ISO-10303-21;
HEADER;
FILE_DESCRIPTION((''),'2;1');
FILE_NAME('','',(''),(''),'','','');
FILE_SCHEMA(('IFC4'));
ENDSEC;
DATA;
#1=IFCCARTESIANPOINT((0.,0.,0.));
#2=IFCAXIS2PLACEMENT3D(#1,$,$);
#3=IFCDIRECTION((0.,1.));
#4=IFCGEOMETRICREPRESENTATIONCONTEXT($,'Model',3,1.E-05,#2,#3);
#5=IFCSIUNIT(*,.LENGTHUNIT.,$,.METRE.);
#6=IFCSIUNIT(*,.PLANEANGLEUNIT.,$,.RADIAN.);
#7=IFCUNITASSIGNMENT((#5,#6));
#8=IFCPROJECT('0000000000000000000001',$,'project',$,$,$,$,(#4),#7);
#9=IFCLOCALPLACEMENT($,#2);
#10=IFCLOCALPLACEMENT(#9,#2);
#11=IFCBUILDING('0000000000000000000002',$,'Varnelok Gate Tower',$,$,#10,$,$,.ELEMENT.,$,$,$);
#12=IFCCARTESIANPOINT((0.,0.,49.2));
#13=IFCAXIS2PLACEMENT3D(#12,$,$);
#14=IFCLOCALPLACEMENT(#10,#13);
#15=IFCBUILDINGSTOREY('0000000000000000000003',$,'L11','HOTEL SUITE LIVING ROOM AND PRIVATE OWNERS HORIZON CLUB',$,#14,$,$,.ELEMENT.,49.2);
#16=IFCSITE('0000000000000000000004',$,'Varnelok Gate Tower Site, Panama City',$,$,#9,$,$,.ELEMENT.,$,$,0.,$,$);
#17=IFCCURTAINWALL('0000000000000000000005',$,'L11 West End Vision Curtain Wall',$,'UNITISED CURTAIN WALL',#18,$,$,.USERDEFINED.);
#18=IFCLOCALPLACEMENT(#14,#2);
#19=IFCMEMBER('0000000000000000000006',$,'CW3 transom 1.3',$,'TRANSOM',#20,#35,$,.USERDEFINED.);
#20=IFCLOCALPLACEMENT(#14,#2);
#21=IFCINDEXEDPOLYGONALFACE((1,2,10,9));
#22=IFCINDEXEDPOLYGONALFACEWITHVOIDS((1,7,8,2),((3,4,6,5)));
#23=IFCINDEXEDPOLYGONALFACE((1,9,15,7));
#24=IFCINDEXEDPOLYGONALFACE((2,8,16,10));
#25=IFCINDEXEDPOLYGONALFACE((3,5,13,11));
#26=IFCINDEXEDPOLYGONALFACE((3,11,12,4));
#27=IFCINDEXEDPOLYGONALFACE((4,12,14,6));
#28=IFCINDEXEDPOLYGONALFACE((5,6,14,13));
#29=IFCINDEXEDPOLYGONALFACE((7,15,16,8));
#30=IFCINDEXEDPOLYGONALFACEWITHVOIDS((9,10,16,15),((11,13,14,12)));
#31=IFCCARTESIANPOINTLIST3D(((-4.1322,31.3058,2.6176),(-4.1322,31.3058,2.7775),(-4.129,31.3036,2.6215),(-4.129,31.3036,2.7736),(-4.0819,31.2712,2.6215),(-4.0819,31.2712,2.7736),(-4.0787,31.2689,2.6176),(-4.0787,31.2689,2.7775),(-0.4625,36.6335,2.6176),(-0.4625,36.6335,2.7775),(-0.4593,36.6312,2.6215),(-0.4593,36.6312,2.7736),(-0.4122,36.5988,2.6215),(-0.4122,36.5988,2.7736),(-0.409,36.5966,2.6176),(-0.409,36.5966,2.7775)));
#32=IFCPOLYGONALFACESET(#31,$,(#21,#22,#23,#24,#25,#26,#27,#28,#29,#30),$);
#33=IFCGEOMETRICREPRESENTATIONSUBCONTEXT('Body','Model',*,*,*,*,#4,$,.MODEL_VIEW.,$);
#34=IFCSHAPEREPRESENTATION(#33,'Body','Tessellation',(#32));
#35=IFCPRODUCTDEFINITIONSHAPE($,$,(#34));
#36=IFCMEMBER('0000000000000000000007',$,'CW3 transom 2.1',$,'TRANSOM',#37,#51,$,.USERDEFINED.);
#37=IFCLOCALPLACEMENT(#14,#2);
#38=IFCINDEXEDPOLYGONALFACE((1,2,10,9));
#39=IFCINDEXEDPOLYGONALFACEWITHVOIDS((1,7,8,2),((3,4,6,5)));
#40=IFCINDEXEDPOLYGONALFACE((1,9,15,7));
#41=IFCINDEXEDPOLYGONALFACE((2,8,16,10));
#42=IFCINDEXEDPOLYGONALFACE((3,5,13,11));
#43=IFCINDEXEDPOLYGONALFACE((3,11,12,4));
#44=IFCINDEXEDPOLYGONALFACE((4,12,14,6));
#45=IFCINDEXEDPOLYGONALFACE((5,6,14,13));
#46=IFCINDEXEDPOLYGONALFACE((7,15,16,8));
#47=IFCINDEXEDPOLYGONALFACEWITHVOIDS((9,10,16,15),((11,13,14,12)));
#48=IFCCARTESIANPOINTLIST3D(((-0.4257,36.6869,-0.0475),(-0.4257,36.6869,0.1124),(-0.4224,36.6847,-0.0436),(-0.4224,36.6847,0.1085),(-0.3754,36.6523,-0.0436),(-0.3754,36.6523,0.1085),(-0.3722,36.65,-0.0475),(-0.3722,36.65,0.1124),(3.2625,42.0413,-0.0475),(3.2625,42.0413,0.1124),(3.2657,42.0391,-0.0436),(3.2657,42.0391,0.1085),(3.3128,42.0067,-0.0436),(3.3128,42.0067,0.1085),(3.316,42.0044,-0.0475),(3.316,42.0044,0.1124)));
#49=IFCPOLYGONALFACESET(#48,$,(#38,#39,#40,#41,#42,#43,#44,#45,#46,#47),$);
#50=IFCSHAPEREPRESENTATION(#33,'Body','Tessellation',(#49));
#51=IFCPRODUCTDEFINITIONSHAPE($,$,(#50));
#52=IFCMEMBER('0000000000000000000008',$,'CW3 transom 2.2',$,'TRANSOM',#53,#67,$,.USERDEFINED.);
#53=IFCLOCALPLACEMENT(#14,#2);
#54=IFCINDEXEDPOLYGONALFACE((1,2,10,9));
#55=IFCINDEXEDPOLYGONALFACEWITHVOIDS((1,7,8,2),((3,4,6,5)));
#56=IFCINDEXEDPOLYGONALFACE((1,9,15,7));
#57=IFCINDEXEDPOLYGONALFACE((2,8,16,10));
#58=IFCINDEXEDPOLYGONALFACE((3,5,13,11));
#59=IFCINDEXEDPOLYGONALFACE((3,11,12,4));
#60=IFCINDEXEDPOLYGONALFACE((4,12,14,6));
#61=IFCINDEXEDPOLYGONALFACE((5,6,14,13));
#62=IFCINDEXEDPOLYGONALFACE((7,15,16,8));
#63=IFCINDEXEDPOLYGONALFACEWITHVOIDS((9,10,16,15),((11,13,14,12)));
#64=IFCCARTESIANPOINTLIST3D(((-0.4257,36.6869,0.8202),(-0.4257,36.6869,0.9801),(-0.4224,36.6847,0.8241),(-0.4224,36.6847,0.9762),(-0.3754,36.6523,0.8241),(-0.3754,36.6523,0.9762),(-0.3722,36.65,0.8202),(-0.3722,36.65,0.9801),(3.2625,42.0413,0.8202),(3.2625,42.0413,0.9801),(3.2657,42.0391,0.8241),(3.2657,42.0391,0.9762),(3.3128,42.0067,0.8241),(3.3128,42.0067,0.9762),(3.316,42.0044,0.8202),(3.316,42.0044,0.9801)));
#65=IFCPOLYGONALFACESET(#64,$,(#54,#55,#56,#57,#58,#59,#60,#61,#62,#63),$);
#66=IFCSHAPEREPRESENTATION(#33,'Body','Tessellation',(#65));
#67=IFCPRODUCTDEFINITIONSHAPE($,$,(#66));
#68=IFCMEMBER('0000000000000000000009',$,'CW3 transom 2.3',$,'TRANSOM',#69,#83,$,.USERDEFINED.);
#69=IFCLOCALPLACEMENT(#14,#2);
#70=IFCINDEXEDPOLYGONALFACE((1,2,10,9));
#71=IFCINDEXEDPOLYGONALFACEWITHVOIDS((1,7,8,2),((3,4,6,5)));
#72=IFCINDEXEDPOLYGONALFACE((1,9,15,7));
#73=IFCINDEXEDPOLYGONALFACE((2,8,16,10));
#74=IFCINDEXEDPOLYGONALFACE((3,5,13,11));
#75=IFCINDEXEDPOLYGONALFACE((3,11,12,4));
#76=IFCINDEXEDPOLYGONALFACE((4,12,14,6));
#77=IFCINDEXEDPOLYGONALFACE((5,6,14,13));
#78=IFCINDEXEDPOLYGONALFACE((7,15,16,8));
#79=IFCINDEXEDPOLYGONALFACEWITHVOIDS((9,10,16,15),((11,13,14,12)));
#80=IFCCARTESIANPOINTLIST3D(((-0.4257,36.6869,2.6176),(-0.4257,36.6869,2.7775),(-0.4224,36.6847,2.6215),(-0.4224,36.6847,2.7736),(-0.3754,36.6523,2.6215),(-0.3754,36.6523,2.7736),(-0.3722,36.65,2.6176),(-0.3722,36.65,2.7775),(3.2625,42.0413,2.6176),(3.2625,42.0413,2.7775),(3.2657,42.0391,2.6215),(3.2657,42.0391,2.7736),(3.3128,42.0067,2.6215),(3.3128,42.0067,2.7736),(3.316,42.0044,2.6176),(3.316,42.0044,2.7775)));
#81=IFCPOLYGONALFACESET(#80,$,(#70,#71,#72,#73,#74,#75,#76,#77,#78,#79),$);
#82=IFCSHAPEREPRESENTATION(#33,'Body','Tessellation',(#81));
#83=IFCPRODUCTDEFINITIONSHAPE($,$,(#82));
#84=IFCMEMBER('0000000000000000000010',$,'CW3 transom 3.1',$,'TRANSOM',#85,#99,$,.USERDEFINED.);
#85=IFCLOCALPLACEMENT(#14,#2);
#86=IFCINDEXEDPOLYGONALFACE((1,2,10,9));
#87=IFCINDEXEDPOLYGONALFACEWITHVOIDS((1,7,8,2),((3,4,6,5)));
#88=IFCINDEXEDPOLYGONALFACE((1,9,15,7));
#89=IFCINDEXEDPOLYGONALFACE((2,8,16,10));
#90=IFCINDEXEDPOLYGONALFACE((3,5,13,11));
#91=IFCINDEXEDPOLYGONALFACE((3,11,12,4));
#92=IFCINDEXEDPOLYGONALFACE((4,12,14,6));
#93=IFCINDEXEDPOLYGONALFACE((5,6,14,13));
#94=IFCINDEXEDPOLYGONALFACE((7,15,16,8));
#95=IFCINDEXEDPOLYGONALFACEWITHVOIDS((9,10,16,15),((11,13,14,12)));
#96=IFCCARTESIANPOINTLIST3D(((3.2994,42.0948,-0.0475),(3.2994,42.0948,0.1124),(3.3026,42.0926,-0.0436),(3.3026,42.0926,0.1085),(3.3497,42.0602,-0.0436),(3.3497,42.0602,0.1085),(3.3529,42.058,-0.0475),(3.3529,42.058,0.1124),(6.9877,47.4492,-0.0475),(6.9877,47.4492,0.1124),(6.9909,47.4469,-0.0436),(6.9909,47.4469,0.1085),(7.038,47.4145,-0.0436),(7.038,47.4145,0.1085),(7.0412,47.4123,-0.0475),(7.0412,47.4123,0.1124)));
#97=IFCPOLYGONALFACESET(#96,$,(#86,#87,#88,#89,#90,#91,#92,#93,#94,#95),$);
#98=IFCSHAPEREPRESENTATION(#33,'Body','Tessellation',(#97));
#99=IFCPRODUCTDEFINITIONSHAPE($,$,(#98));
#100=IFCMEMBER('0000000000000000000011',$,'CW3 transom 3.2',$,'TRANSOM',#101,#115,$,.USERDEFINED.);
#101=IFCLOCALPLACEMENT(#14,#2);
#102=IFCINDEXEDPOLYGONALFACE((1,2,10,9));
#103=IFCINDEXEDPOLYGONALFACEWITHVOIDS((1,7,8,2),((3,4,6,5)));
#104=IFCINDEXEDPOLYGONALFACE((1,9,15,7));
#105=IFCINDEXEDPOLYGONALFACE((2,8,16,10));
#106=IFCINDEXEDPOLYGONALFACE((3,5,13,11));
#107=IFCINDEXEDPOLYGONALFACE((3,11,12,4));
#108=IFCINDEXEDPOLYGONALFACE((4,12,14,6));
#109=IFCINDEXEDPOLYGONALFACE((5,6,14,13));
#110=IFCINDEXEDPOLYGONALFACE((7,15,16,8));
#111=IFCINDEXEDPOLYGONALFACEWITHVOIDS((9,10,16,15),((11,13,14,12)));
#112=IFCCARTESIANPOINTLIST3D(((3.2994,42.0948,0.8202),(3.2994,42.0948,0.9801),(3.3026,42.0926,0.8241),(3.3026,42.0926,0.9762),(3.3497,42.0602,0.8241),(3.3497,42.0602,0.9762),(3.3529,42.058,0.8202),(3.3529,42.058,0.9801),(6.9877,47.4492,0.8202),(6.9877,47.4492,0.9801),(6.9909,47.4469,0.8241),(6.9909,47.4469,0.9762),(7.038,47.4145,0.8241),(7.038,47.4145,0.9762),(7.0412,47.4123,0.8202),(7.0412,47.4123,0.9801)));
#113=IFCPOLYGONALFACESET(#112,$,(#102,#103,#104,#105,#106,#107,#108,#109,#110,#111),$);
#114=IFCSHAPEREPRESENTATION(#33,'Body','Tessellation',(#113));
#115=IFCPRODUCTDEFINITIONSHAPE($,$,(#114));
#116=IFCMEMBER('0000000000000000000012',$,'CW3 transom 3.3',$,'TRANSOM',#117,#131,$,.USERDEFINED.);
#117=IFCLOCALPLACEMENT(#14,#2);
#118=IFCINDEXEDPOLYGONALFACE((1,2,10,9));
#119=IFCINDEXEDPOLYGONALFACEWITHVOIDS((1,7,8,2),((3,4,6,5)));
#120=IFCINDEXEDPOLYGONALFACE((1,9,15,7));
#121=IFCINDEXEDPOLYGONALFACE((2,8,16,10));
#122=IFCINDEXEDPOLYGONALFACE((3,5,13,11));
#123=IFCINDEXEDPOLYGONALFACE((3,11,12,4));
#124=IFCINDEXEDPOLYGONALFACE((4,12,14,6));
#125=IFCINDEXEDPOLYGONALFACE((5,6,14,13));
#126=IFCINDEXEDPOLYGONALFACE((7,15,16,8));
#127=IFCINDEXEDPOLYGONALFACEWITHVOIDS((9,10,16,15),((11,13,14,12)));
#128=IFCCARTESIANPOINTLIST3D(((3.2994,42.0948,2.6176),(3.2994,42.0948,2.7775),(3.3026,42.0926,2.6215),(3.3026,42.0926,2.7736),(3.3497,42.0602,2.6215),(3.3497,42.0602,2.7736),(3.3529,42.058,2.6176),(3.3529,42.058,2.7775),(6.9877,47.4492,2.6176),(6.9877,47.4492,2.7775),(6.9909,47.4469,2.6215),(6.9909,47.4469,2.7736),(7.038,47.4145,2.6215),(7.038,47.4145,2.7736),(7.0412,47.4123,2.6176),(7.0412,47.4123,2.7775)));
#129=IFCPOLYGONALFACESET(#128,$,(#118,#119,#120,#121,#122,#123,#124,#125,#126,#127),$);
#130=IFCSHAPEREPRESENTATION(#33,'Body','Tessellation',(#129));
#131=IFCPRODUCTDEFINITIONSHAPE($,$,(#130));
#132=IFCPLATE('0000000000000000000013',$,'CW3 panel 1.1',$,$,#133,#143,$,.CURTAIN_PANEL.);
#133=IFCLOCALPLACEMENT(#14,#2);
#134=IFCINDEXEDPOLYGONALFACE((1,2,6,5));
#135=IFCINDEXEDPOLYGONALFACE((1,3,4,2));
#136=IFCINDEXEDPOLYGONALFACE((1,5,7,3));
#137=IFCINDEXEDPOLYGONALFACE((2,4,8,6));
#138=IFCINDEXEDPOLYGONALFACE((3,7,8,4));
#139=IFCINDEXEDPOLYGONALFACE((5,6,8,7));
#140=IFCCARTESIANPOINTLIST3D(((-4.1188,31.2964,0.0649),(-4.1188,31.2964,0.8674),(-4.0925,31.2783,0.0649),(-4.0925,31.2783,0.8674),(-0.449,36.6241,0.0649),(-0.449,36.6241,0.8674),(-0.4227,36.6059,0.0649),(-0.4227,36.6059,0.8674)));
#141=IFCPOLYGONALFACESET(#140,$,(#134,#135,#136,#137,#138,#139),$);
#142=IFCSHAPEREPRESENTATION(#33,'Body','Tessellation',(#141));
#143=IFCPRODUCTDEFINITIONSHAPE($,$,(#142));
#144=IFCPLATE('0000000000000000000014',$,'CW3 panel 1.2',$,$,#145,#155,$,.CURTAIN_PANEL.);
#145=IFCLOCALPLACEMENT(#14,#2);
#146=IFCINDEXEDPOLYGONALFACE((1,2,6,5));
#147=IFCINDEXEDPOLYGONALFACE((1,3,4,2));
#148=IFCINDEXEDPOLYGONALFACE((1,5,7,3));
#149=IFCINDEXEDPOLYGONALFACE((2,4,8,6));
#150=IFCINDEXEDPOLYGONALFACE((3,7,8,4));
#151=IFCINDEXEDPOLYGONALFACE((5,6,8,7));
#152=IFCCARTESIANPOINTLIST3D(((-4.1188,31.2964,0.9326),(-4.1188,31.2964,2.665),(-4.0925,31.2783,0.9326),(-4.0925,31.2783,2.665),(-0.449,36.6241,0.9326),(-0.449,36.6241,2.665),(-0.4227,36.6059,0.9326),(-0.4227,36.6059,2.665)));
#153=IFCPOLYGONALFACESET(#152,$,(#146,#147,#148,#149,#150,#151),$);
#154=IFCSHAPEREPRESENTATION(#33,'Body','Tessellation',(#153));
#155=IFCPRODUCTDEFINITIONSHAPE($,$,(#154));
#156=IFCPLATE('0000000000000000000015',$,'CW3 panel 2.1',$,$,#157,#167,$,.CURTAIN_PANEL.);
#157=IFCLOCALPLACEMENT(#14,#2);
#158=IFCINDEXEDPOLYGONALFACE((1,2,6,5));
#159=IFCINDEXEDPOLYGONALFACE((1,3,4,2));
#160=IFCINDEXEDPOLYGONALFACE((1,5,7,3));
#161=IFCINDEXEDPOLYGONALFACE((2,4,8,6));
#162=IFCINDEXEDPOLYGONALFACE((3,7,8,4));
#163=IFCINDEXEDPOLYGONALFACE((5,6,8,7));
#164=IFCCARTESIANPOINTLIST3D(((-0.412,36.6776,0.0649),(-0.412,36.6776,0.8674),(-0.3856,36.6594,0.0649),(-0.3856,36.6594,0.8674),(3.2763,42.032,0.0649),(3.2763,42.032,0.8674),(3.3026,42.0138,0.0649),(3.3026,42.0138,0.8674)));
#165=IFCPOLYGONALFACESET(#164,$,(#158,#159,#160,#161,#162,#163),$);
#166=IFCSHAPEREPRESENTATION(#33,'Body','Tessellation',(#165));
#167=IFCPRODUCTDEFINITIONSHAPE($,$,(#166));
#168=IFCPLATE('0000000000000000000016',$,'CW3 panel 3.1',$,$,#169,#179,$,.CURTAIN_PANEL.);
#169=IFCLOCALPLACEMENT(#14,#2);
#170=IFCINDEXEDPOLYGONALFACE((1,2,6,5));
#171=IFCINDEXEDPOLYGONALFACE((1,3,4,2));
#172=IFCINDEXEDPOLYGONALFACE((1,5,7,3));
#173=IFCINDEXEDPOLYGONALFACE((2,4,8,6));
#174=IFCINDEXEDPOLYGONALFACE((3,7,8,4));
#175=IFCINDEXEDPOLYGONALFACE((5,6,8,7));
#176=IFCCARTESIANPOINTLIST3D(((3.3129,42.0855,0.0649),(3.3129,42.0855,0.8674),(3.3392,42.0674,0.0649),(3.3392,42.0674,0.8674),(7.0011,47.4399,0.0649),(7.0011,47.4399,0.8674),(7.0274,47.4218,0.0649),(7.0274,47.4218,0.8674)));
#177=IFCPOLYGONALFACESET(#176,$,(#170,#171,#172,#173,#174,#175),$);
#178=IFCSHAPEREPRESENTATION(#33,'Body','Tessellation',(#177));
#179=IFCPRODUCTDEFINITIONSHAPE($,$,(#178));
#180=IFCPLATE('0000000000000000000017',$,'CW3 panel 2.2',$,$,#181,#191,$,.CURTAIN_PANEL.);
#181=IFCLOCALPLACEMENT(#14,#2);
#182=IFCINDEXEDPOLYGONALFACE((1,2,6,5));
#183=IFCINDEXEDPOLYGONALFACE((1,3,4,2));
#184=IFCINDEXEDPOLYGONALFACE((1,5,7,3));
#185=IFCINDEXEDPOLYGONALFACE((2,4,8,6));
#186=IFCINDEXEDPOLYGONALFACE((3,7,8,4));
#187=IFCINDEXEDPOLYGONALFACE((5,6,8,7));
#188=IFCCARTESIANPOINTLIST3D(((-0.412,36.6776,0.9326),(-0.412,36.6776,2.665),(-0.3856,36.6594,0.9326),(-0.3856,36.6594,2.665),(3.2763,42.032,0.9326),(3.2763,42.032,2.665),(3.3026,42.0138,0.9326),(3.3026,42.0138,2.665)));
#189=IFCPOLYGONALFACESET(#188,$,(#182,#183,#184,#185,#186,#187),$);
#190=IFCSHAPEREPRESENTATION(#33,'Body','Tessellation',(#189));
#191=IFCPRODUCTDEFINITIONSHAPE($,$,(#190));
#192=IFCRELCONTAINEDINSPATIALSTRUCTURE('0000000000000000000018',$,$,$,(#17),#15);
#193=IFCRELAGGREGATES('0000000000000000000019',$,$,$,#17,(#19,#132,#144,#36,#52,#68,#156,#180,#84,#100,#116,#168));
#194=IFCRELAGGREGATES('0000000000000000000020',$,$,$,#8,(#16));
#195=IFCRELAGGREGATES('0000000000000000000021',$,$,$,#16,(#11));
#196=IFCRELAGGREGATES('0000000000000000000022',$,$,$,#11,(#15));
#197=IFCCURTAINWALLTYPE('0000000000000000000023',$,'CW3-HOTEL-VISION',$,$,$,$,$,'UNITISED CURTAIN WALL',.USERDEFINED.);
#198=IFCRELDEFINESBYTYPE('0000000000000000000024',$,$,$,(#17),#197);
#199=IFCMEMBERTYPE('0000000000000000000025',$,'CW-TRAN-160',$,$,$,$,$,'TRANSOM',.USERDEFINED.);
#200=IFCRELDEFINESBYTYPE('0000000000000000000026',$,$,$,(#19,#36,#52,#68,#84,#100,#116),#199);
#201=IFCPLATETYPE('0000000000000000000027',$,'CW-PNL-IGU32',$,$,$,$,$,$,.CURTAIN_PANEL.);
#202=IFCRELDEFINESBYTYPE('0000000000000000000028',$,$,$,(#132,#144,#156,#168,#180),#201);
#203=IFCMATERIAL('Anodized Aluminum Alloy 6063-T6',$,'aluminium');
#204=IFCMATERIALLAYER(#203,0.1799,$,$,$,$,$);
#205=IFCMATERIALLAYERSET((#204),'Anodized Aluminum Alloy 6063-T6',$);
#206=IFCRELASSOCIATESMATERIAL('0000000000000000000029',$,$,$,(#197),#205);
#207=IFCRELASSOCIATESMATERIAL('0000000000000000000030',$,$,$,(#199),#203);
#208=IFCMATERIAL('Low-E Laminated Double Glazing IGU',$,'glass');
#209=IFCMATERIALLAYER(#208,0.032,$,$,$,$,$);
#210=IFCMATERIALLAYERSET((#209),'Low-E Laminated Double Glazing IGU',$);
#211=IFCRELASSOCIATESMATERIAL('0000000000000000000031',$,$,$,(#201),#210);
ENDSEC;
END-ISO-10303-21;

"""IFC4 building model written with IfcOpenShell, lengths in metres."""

from ifc_helpers import new_model, si_unit, direction, frame, origin, origin_2d, place, context, subcontext, project, spatial, rectangle, hollow_rectangle, extrude, source, transform, mapped, material, layer, layer_set, material_profile, profile_set, type_object, element, aggregate, save


model = new_model("IFC4")

# Units and contexts
model_context = context("Model", 3, precision=1e-05, world=origin(), true_north=direction((0.0, 1.0)))
body_context = subcontext(model_context, "Body", "Model", "MODEL_VIEW")
ifc_project = project(units=[si_unit("LENGTHUNIT", "METRE"), si_unit("PLANEANGLEUNIT", "RADIAN")], contexts=[model_context])

# Site, building, storey
site_placement = place(None, origin())
site = spatial("IfcSite", under=ifc_project, at=site_placement, Name="Varnelok Gate Tower Site, Panama City", CompositionType="ELEMENT", RefElevation=0.0)
building_placement = place(site_placement, origin())
building = spatial("IfcBuilding", under=site, at=building_placement, Name="Varnelok Gate Tower", CompositionType="ELEMENT")
storey_placement = place(building_placement, frame((0.0, 0.0, 49.2)))
storey = spatial("IfcBuildingStorey", under=building, at=storey_placement, Name="L11", Description="HOTEL SUITE LIVING ROOM AND PRIVATE OWNERS HORIZON CLUB", CompositionType="ELEMENT", Elevation=49.2)

# Curtain wall, members, plates
ifc_material_1 = material(Name="Anodized Aluminum Alloy 6063-T6", Category="aluminium")
ifc_layer_1 = layer(ifc_material_1, 0.1799)
ifc_layer_set_1 = layer_set([ifc_layer_1], Name="Anodized Aluminum Alloy 6063-T6")
curtain_wall_type = type_object("IfcCurtainWallType", Name="CW3-HOTEL-VISION", ElementType="UNITISED CURTAIN WALL", PredefinedType="USERDEFINED", material=ifc_layer_set_1)
curtain_wall_placement = place(storey_placement, origin())
curtain_wall = element("IfcCurtainWall", 1, at=curtain_wall_placement, inside=storey, type_object=curtain_wall_type, Name="L11 West End Vision Curtain Wall", ObjectType="UNITISED CURTAIN WALL", PredefinedType="USERDEFINED")
ifc_material_profile_1 = material_profile(ifc_material_1, hollow_rectangle(XDim=0.0649, YDim=0.1599, WallThickness=0.0039, at=origin_2d()), Name="ALU160X65X4")
ifc_profile_set_1 = profile_set([ifc_material_profile_1], Name="Anodized Aluminum Alloy 6063-T6")
member_type_1 = type_object("IfcMemberType", Name="CW-TRAN-160", ElementType="TRANSOM", PredefinedType="USERDEFINED", material=ifc_profile_set_1)
member_1_placement = place(storey_placement, frame((-4.1055, 31.2874, 2.6975), z_axis=(0.567256, 0.823542, 0.0), x_axis=(-0.823542, 0.567256, 0.0)))
member_1 = element("IfcMember", 2, at=member_1_placement, type_object=member_type_1, Name="CW3 transom 1.3", ObjectType="TRANSOM", PredefinedType="USERDEFINED", context=body_context, shape_type="SweptSolid", body=[
    extrude(hollow_rectangle(XDim=0.0649, YDim=0.1599, WallThickness=0.0039, at=origin_2d()), origin(), (0.0, 0.0, 1.0), 6.4692),
])
member_2_placement = place(storey_placement, frame((-0.3989, 36.6685, 0.0325), z_axis=(0.567262, 0.823538, 0.0), x_axis=(-0.823538, 0.567262, 0.0)))
member_2 = element("IfcMember", 3, at=member_2_placement, type_object=member_type_1, Name="CW3 transom 2.1", ObjectType="TRANSOM", PredefinedType="USERDEFINED", context=body_context, shape_type="SweptSolid", body=[
    extrude(hollow_rectangle(XDim=0.0649, YDim=0.1599, WallThickness=0.0039, at=origin_2d()), origin(), (0.0, 0.0, 1.0), 6.5017),
])
member_3_placement = place(storey_placement, frame((-0.3989, 36.6685, 0.9001), z_axis=(0.567262, 0.823538, 0.0), x_axis=(-0.823538, 0.567262, 0.0)))
member_3 = element("IfcMember", 4, at=member_3_placement, type_object=member_type_1, Name="CW3 transom 2.2", ObjectType="TRANSOM", PredefinedType="USERDEFINED", context=body_context, shape_type="SweptSolid", body=[
    extrude(hollow_rectangle(XDim=0.0649, YDim=0.1599, WallThickness=0.0039, at=origin_2d()), origin(), (0.0, 0.0, 1.0), 6.5017),
])
member_4_placement = place(storey_placement, frame((-0.3989, 36.6685, 2.6975), z_axis=(0.567262, 0.823538, 0.0), x_axis=(-0.823538, 0.567262, 0.0)))
member_4 = element("IfcMember", 5, at=member_4_placement, type_object=member_type_1, Name="CW3 transom 2.3", ObjectType="TRANSOM", PredefinedType="USERDEFINED", context=body_context, shape_type="SweptSolid", body=[
    extrude(hollow_rectangle(XDim=0.0649, YDim=0.1599, WallThickness=0.0039, at=origin_2d()), origin(), (0.0, 0.0, 1.0), 6.5017),
])
member_5_placement = place(storey_placement, frame((3.3262, 42.0764, 0.0325), z_axis=(0.567279, 0.823526, 0.0), x_axis=(-0.823526, 0.567279, 0.0)))
member_5 = element("IfcMember", 6, at=member_5_placement, type_object=member_type_1, Name="CW3 transom 3.1", ObjectType="TRANSOM", PredefinedType="USERDEFINED", context=body_context, shape_type="SweptSolid", body=[
    extrude(hollow_rectangle(XDim=0.0649, YDim=0.1599, WallThickness=0.0039, at=origin_2d()), origin(), (0.0, 0.0, 1.0), 6.5017),
])
member_6_placement = place(storey_placement, frame((3.3262, 42.0764, 0.9001), z_axis=(0.567279, 0.823526, 0.0), x_axis=(-0.823526, 0.567279, 0.0)))
member_6 = element("IfcMember", 7, at=member_6_placement, type_object=member_type_1, Name="CW3 transom 3.2", ObjectType="TRANSOM", PredefinedType="USERDEFINED", context=body_context, shape_type="SweptSolid", body=[
    extrude(hollow_rectangle(XDim=0.0649, YDim=0.1599, WallThickness=0.0039, at=origin_2d()), origin(), (0.0, 0.0, 1.0), 6.5017),
])
member_7_placement = place(storey_placement, frame((3.3262, 42.0764, 2.6975), z_axis=(0.567279, 0.823526, 0.0), x_axis=(-0.823526, 0.567279, 0.0)))
member_7 = element("IfcMember", 8, at=member_7_placement, type_object=member_type_1, Name="CW3 transom 3.3", ObjectType="TRANSOM", PredefinedType="USERDEFINED", context=body_context, shape_type="SweptSolid", body=[
    extrude(hollow_rectangle(XDim=0.0649, YDim=0.1599, WallThickness=0.0039, at=origin_2d()), origin(), (0.0, 0.0, 1.0), 6.5017),
])
ifc_material_2 = material(Name="Low-E Laminated Double Glazing IGU", Category="glass")
ifc_layer_2 = layer(ifc_material_2, 0.032)
ifc_layer_set_2 = layer_set([ifc_layer_2], Name="Low-E Laminated Double Glazing IGU")
plate_type = type_object("IfcPlateType", Name="CW-PNL-IGU32", PredefinedType="CURTAIN_PANEL", material=ifc_layer_set_2)
shared_shape_1 = source(origin(), body_context, "Body", "SweptSolid", [
    extrude(rectangle(XDim=6.4692, YDim=0.032, at=origin_2d()), origin(), (0.0, 0.0, 1.0), 0.8025),
])
plate_1_placement = place(storey_placement, frame((-2.2708, 33.9512, 0.0649), z_axis=(0.0, 0.0, 1.0), x_axis=(0.567269, 0.823533, 0.0)))
plate_1 = element("IfcPlate", 9, at=plate_1_placement, type_object=plate_type, Name="CW3 panel 1.1", PredefinedType="CURTAIN_PANEL", context=body_context, shape_type="MappedRepresentation", body=[
    mapped(shared_shape_1, transform((0.0, 0.0, 0.0), scale=1.0)),
])
shared_shape_2 = source(origin(), body_context, "Body", "SweptSolid", [
    extrude(rectangle(XDim=6.4692, YDim=0.032, at=origin_2d()), origin(), (0.0, 0.0, 1.0), 1.7324),
])
plate_2_placement = place(storey_placement, frame((-2.2708, 33.9512, 0.9326), z_axis=(0.0, 0.0, 1.0), x_axis=(0.567269, 0.823533, 0.0)))
plate_2 = element("IfcPlate", 10, at=plate_2_placement, type_object=plate_type, Name="CW3 panel 1.2", PredefinedType="CURTAIN_PANEL", context=body_context, shape_type="MappedRepresentation", body=[
    mapped(shared_shape_2, transform((0.0, 0.0, 0.0), scale=1.0)),
])
shared_shape_3 = source(origin(), body_context, "Body", "SweptSolid", [
    extrude(rectangle(XDim=6.5017, YDim=0.032, at=origin_2d()), origin(), (0.0, 0.0, 1.0), 0.8025),
])
plate_3_placement = place(storey_placement, frame((1.4453, 39.3457, 0.0649), z_axis=(0.0, 0.0, 1.0), x_axis=(0.567269, 0.823533, 0.0)))
plate_3 = element("IfcPlate", 11, at=plate_3_placement, type_object=plate_type, Name="CW3 panel 2.1", PredefinedType="CURTAIN_PANEL", context=body_context, shape_type="MappedRepresentation", body=[
    mapped(shared_shape_3, transform((0.0, 0.0, 0.0), scale=1.0)),
])
plate_4_placement = place(storey_placement, frame((5.1702, 44.7537, 0.0649), z_axis=(0.0, 0.0, 1.0), x_axis=(0.567269, 0.823533, 0.0)))
plate_4 = element("IfcPlate", 12, at=plate_4_placement, type_object=plate_type, Name="CW3 panel 3.1", PredefinedType="CURTAIN_PANEL", context=body_context, shape_type="MappedRepresentation", body=[
    mapped(shared_shape_3, transform((0.0, 0.0, 0.0), scale=1.0)),
])
shared_shape_4 = source(origin(), body_context, "Body", "SweptSolid", [
    extrude(rectangle(XDim=6.5017, YDim=0.032, at=origin_2d()), origin(), (0.0, 0.0, 1.0), 1.7324),
])
plate_5_placement = place(storey_placement, frame((1.4453, 39.3457, 0.9326), z_axis=(0.0, 0.0, 1.0), x_axis=(0.567269, 0.823533, 0.0)))
plate_5 = element("IfcPlate", 13, at=plate_5_placement, type_object=plate_type, Name="CW3 panel 2.2", PredefinedType="CURTAIN_PANEL", context=body_context, shape_type="MappedRepresentation", body=[
    mapped(shared_shape_4, transform((0.0, 0.0, 0.0), scale=1.0)),
])
aggregate(curtain_wall, [member_1, plate_1, plate_2, member_2, member_3, member_4, plate_3, plate_5, member_5, member_6, member_7, plate_4])

save(model, "model.ifc")
